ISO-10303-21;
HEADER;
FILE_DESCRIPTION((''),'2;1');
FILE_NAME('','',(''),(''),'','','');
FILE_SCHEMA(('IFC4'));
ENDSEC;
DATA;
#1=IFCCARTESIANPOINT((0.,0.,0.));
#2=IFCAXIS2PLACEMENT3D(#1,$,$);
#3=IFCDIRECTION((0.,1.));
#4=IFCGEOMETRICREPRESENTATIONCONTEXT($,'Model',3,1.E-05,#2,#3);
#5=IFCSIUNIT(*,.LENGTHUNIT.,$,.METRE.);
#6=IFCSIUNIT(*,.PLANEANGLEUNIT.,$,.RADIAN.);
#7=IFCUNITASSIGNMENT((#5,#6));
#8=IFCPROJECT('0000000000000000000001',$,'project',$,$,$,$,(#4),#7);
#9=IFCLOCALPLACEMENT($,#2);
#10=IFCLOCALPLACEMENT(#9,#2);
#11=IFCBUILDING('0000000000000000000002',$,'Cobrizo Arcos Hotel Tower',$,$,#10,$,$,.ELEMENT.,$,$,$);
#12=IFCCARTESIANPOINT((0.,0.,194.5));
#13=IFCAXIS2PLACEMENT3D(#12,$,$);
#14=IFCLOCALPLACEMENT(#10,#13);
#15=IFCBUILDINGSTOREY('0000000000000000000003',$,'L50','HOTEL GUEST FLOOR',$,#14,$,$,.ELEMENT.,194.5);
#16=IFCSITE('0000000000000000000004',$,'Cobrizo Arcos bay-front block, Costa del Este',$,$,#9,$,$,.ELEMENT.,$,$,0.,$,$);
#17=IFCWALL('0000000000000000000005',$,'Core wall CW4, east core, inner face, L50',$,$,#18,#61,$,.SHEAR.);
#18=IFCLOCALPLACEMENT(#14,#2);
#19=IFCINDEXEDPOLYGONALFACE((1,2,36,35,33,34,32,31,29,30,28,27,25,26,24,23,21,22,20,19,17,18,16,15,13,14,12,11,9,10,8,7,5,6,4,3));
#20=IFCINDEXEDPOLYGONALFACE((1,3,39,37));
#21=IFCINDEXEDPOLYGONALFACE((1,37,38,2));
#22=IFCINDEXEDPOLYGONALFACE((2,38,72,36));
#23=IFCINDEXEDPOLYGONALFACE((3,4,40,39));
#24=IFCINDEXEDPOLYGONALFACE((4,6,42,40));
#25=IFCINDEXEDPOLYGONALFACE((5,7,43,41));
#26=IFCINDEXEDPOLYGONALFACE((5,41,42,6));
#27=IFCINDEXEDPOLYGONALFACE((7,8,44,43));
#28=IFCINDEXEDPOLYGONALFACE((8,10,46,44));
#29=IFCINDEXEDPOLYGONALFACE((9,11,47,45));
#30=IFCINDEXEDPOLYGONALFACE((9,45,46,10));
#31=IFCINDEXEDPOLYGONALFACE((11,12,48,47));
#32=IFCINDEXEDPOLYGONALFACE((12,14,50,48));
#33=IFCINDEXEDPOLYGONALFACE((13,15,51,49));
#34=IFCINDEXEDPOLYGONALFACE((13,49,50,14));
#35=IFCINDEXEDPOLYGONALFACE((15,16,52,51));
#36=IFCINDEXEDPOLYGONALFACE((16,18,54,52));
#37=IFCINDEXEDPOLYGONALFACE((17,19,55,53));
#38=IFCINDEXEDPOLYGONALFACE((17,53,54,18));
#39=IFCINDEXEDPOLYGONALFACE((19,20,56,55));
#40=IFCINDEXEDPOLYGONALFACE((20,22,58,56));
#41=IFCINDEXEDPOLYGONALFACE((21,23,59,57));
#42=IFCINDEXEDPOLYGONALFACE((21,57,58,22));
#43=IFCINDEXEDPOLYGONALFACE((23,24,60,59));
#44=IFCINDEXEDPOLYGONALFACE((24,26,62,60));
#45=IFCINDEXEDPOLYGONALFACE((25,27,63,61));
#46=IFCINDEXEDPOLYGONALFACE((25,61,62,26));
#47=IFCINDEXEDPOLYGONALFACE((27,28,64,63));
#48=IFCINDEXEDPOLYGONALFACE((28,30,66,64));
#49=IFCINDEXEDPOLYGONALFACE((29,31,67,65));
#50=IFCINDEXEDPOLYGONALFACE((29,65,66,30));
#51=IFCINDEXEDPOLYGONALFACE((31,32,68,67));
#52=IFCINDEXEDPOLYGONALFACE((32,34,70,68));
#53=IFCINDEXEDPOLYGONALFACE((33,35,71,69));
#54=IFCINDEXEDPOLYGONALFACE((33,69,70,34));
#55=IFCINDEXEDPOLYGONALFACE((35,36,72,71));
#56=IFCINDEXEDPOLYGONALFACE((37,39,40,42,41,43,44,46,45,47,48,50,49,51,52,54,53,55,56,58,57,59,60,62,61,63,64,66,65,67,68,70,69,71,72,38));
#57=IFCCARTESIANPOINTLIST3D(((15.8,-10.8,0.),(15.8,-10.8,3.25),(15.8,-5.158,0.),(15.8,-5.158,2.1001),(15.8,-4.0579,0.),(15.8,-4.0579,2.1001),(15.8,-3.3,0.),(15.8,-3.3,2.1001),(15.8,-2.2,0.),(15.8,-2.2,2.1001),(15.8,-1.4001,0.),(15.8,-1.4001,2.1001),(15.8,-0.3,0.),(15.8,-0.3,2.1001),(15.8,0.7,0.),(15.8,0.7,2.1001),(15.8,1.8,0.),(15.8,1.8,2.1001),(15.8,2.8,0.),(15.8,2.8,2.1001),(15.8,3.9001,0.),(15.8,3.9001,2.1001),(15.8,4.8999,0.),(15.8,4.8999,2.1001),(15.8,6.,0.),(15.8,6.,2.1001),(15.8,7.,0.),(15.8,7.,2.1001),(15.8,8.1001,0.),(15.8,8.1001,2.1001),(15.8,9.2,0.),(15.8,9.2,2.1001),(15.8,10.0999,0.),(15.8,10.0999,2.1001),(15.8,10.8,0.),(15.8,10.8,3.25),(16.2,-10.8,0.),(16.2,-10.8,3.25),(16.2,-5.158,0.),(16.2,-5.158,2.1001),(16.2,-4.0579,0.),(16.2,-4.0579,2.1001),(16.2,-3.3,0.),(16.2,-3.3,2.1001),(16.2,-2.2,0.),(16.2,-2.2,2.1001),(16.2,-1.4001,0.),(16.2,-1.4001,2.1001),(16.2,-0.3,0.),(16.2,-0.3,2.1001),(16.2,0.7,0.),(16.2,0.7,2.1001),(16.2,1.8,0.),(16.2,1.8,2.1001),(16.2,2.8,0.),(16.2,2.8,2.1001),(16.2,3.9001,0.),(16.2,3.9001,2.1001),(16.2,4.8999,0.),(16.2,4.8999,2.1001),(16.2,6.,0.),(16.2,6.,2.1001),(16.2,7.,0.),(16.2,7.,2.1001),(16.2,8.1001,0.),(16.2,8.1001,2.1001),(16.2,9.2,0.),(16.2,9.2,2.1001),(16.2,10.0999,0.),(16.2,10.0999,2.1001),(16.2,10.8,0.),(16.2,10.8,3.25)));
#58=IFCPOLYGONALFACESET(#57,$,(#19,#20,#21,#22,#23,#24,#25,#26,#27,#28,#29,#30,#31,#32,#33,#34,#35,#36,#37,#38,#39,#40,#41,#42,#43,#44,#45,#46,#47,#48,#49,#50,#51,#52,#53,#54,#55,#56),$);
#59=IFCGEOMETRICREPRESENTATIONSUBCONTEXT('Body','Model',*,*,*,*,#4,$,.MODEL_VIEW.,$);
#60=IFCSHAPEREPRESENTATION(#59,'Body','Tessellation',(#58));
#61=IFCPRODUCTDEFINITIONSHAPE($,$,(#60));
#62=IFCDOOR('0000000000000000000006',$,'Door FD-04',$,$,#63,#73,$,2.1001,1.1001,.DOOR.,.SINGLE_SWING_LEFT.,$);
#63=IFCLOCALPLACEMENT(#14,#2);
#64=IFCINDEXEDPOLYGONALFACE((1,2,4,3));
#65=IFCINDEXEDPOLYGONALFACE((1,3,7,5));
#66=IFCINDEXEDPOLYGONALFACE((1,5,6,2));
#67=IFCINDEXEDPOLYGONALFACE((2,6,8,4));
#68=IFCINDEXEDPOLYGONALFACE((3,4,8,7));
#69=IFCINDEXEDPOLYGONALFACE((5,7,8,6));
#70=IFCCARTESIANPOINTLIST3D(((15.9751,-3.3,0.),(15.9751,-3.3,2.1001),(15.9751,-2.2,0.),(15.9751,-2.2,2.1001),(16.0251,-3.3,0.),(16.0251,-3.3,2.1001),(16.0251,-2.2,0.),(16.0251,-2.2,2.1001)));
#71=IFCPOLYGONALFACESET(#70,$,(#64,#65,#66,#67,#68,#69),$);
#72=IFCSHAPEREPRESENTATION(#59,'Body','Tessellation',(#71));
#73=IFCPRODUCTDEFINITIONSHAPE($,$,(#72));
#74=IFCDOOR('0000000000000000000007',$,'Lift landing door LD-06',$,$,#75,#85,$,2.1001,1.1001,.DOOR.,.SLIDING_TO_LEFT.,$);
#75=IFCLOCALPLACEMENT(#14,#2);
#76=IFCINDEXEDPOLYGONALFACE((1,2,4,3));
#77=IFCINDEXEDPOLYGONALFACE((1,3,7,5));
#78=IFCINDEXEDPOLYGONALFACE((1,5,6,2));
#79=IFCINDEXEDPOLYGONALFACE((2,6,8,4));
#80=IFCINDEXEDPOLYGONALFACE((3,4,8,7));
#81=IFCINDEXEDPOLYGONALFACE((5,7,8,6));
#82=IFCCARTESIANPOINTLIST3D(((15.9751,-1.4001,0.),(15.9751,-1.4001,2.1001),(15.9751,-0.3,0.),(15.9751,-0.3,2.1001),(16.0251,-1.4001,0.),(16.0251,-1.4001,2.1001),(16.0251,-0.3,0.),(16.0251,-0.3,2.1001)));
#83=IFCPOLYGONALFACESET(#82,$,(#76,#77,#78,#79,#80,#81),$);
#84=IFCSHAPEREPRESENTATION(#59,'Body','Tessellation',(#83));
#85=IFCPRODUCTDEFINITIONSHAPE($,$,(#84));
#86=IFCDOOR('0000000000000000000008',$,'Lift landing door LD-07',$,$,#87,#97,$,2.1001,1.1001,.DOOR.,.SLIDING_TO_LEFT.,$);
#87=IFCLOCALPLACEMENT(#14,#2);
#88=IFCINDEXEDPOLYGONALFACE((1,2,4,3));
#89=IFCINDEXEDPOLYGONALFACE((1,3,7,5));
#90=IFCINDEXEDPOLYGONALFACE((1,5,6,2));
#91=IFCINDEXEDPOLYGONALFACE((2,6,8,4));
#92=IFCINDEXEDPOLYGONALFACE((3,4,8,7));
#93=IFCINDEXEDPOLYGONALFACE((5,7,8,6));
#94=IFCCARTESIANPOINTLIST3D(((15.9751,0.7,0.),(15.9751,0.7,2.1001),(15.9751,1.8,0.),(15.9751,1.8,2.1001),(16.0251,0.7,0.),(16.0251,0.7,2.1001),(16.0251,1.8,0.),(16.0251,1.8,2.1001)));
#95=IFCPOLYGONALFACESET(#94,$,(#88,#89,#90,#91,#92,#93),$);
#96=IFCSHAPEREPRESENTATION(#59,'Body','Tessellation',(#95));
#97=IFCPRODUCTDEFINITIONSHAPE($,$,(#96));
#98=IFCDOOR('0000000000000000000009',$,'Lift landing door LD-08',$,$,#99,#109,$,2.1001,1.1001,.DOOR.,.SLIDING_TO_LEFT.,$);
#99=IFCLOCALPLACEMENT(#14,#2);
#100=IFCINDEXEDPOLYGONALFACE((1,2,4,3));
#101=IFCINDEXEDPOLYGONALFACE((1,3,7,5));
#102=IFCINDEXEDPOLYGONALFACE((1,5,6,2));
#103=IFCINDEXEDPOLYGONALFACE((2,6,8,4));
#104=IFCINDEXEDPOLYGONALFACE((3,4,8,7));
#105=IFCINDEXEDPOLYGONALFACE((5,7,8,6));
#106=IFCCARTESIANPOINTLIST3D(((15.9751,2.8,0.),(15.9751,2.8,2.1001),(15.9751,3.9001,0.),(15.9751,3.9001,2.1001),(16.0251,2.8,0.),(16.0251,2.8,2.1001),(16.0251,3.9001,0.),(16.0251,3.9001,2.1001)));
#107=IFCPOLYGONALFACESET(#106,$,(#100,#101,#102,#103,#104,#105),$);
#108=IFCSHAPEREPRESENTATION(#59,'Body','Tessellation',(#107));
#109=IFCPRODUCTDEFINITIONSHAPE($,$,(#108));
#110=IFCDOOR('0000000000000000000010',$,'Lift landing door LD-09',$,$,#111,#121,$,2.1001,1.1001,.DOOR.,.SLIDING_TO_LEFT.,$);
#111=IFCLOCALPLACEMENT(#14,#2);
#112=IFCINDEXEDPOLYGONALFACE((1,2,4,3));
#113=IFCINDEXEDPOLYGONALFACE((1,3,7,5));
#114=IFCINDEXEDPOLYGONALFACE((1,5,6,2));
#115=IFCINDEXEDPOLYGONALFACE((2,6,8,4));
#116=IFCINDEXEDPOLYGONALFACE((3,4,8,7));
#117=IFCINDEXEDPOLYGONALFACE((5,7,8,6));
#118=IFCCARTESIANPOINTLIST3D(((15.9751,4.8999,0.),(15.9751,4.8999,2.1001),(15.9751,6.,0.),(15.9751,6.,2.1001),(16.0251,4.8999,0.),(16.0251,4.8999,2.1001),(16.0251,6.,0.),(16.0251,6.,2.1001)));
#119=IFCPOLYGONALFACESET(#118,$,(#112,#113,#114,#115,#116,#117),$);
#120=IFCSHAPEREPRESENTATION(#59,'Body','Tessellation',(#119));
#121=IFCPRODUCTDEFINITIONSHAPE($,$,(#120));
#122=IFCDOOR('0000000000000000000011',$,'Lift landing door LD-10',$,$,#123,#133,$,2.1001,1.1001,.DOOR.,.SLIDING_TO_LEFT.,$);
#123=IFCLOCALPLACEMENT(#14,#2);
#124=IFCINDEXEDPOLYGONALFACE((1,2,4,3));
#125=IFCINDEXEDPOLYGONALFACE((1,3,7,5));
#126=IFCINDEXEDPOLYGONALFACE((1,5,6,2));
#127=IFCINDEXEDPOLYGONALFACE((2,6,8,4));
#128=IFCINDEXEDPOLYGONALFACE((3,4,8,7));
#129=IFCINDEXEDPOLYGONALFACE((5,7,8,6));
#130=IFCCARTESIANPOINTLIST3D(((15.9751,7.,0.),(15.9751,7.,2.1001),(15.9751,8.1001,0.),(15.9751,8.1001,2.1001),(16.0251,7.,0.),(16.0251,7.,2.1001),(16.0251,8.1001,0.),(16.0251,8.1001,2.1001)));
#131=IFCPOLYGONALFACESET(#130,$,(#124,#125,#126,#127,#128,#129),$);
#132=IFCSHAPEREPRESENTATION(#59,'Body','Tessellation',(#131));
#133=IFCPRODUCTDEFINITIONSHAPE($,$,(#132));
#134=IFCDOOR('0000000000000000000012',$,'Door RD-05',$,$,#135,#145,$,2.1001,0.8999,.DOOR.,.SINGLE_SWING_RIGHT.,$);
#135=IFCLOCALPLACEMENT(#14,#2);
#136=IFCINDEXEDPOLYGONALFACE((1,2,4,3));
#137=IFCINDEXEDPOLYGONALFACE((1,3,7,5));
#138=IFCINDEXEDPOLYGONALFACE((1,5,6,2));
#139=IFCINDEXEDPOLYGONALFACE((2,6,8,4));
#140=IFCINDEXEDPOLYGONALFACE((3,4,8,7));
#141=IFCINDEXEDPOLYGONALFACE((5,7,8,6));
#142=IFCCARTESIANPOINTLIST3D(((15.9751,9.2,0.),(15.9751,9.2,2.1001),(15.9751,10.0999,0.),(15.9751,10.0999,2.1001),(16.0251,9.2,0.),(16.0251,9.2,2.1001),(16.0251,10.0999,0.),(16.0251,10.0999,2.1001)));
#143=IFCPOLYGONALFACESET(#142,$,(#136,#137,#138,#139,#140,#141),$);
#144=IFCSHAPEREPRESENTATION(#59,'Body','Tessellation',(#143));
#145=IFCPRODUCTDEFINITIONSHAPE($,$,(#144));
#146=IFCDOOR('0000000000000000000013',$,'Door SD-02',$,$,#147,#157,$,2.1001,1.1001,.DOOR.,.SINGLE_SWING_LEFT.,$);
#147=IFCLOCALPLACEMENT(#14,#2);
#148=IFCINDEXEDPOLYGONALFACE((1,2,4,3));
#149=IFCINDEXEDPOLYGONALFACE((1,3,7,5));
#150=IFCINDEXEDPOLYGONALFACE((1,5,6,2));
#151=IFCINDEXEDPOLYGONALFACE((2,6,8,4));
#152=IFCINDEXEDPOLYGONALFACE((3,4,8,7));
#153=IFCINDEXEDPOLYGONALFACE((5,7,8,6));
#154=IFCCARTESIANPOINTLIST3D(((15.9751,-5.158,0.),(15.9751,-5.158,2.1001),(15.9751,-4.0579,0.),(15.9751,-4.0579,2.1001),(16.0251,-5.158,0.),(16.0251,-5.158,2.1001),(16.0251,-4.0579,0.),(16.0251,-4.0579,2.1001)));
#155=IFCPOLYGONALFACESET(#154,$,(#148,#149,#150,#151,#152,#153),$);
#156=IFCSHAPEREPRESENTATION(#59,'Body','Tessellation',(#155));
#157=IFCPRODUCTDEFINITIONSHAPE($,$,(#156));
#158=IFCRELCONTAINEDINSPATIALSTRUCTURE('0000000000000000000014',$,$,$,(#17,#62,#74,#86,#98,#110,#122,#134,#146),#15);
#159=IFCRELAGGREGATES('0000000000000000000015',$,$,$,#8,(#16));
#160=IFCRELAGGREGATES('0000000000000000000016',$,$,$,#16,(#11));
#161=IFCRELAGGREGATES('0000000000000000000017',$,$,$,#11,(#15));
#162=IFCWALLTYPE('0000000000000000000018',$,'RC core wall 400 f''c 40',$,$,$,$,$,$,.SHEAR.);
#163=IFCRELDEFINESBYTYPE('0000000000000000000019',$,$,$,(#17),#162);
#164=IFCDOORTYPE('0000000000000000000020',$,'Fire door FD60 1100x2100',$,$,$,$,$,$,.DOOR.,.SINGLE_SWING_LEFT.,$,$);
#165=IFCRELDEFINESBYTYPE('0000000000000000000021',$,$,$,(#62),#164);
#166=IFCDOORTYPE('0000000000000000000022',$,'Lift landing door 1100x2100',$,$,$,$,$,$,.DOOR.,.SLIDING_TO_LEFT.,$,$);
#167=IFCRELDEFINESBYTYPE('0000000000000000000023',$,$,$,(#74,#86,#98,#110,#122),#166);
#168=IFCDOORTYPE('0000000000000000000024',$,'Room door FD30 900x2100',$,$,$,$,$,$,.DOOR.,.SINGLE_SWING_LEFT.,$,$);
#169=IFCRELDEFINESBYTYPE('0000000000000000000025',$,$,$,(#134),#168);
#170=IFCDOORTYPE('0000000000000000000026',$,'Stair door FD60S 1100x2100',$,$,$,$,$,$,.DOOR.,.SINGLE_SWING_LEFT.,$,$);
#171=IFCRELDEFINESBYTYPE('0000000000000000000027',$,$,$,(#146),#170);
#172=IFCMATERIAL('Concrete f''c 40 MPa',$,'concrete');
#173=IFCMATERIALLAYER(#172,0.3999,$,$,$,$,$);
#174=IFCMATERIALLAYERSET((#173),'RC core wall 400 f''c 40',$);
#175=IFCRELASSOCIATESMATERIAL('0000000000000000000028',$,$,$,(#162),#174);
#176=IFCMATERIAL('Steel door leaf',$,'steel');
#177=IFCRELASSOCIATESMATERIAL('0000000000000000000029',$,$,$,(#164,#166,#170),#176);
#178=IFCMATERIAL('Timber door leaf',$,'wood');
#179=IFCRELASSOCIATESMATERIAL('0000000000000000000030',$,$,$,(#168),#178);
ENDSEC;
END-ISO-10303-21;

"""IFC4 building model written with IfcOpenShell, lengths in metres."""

from ifc_helpers import new_model, si_unit, direction, frame, frame_2d, origin, place, context, subcontext, project, spatial, rectangle, extrude, material, layer, layer_set, type_object, element, fill, save


model = new_model("IFC4")

# Units and contexts
model_context = context("Model", 3, precision=1e-05, world=origin(), true_north=direction((0.0, 1.0)))
body_context = subcontext(model_context, "Body", "Model", "MODEL_VIEW")
ifc_project = project(units=[si_unit("LENGTHUNIT", "METRE"), si_unit("PLANEANGLEUNIT", "RADIAN")], contexts=[model_context])

# Site, building, storey
site_placement = place(None, origin())
site = spatial("IfcSite", under=ifc_project, at=site_placement, Name="Cobrizo Arcos bay-front block, Costa del Este", CompositionType="ELEMENT", RefElevation=0.0)
building_placement = place(site_placement, origin())
building = spatial("IfcBuilding", under=site, at=building_placement, Name="Cobrizo Arcos Hotel Tower", CompositionType="ELEMENT")
storey_placement = place(building_placement, frame((0.0, 0.0, 194.5)))
storey = spatial("IfcBuildingStorey", under=building, at=storey_placement, Name="L50", Description="HOTEL GUEST FLOOR", CompositionType="ELEMENT", Elevation=194.5)

# Wall, openings, doors
ifc_material_1 = material(Name="Concrete f'c 40 MPa", Category="concrete")
ifc_layer_1 = layer(ifc_material_1, 0.3999)
ifc_layer_set_1 = layer_set([ifc_layer_1], Name="RC core wall 400 f'c 40")
wall_type_1 = type_object("IfcWallType", Name="RC core wall 400 f'c 40", PredefinedType="SHEAR", material=ifc_layer_set_1)
wall_1_placement = place(storey_placement, frame((16.0, -10.8, 0.0), z_axis=(0.0, 0.0, 1.0), x_axis=(0.0, 1.0, 0.0)))
wall_1 = element("IfcWall", 1, at=wall_1_placement, inside=storey, type_object=wall_type_1, Name="Core wall CW4, east core, inner face, L50", PredefinedType="SHEAR", context=body_context, shape_type="SweptSolid", body=[
    extrude(rectangle(XDim=21.6001, YDim=0.3999, at=frame_2d((10.8, 0.0))), origin(), (0.0, 0.0, 1.0), 3.25),
])
opening_1_placement = place(wall_1_placement, frame((9.3999, 0.0, 0.0)))
opening_1 = element("IfcOpeningElement", 2, at=opening_1_placement, cuts=wall_1, PredefinedType="OPENING", context=body_context, shape_type="SweptSolid", body=[
    extrude(rectangle(XDim=1.1001, YDim=2.1001, at=frame_2d((0.55, 1.05))), frame((0.0, 0.2119, 0.0), z_axis=(0.0, -1.0, 0.0), x_axis=(1.0, 0.0, 0.0)), (0.0, 0.0, 1.0), 0.4238),
])
opening_2_placement = place(wall_1_placement, frame((11.5, 0.0, 0.0)))
opening_2 = element("IfcOpeningElement", 3, at=opening_2_placement, cuts=wall_1, PredefinedType="OPENING", context=body_context, shape_type="SweptSolid", body=[
    extrude(rectangle(XDim=1.1001, YDim=2.1001, at=frame_2d((0.55, 1.05))), frame((0.0, 0.2119, 0.0), z_axis=(0.0, -1.0, 0.0), x_axis=(1.0, 0.0, 0.0)), (0.0, 0.0, 1.0), 0.4238),
])
opening_3_placement = place(wall_1_placement, frame((13.6001, 0.0, 0.0)))
opening_3 = element("IfcOpeningElement", 4, at=opening_3_placement, cuts=wall_1, PredefinedType="OPENING", context=body_context, shape_type="SweptSolid", body=[
    extrude(rectangle(XDim=1.1001, YDim=2.1001, at=frame_2d((0.55, 1.05))), frame((0.0, 0.2119, 0.0), z_axis=(0.0, -1.0, 0.0), x_axis=(1.0, 0.0, 0.0)), (0.0, 0.0, 1.0), 0.4238),
])
opening_4_placement = place(wall_1_placement, frame((15.7, 0.0, 0.0)))
opening_4 = element("IfcOpeningElement", 5, at=opening_4_placement, cuts=wall_1, PredefinedType="OPENING", context=body_context, shape_type="SweptSolid", body=[
    extrude(rectangle(XDim=1.1001, YDim=2.1001, at=frame_2d((0.55, 1.05))), frame((0.0, 0.2119, 0.0), z_axis=(0.0, -1.0, 0.0), x_axis=(1.0, 0.0, 0.0)), (0.0, 0.0, 1.0), 0.4238),
])
opening_5_placement = place(wall_1_placement, frame((17.8, 0.0, 0.0)))
opening_5 = element("IfcOpeningElement", 6, at=opening_5_placement, cuts=wall_1, PredefinedType="OPENING", context=body_context, shape_type="SweptSolid", body=[
    extrude(rectangle(XDim=1.1001, YDim=2.1001, at=frame_2d((0.55, 1.05))), frame((0.0, 0.2119, 0.0), z_axis=(0.0, -1.0, 0.0), x_axis=(1.0, 0.0, 0.0)), (0.0, 0.0, 1.0), 0.4238),
])
opening_6_placement = place(wall_1_placement, frame((5.6421, 0.0, 0.0)))
opening_6 = element("IfcOpeningElement", 7, at=opening_6_placement, cuts=wall_1, PredefinedType="OPENING", context=body_context, shape_type="SweptSolid", body=[
    extrude(rectangle(XDim=1.1001, YDim=2.1001, at=frame_2d((0.55, 1.05))), frame((0.0, 0.2119, 0.0), z_axis=(0.0, -1.0, 0.0), x_axis=(1.0, 0.0, 0.0)), (0.0, 0.0, 1.0), 0.4238),
])
opening_7_placement = place(wall_1_placement, frame((7.5, 0.0, 0.0)))
opening_7 = element("IfcOpeningElement", 8, at=opening_7_placement, cuts=wall_1, PredefinedType="OPENING", context=body_context, shape_type="SweptSolid", body=[
    extrude(rectangle(XDim=1.1001, YDim=2.1001, at=frame_2d((0.55, 1.05))), frame((0.0, 0.2119, 0.0), z_axis=(0.0, -1.0, 0.0), x_axis=(1.0, 0.0, 0.0)), (0.0, 0.0, 1.0), 0.4238),
])
opening_8_placement = place(wall_1_placement, frame((20.0, 0.0, 0.0)))
opening_8 = element("IfcOpeningElement", 9, at=opening_8_placement, cuts=wall_1, PredefinedType="OPENING", context=body_context, shape_type="SweptSolid", body=[
    extrude(rectangle(XDim=0.8999, YDim=2.1001, at=frame_2d((0.45, 1.05))), frame((0.0, 0.2119, 0.0), z_axis=(0.0, -1.0, 0.0), x_axis=(1.0, 0.0, 0.0)), (0.0, 0.0, 1.0), 0.4238),
])
ifc_material_2 = material(Name="Steel door leaf", Category="steel")
door_type_1 = type_object("IfcDoorType", Name="Fire door FD60 1100x2100", OperationType="SINGLE_SWING_LEFT", PredefinedType="DOOR", material=ifc_material_2)
door_1_placement = place(opening_7_placement, origin())
door_1 = element("IfcDoor", 10, at=door_1_placement, inside=storey, type_object=door_type_1, Name="Door FD-04", OperationType="SINGLE_SWING_LEFT", OverallHeight=2.1001, OverallWidth=1.1001, PredefinedType="DOOR", context=body_context, shape_type="SweptSolid", body=[
    extrude(rectangle(XDim=1.1001, YDim=2.1001, at=frame_2d((0.55, 1.05))), frame((0.0, 0.0249, 0.0), z_axis=(0.0, -1.0, 0.0), x_axis=(1.0, 0.0, 0.0)), (0.0, 0.0, 1.0), 0.05),
])
fill(opening_7, door_1)
door_type_2 = type_object("IfcDoorType", Name="Lift landing door 1100x2100", OperationType="SLIDING_TO_LEFT", PredefinedType="DOOR", material=ifc_material_2)
door_2_placement = place(opening_1_placement, origin())
door_2 = element("IfcDoor", 11, at=door_2_placement, inside=storey, type_object=door_type_2, Name="Lift landing door LD-06", OperationType="SLIDING_TO_LEFT", OverallHeight=2.1001, OverallWidth=1.1001, PredefinedType="DOOR", context=body_context, shape_type="SweptSolid", body=[
    extrude(rectangle(XDim=1.1001, YDim=2.1001, at=frame_2d((0.55, 1.05))), frame((0.0, 0.0249, 0.0), z_axis=(0.0, -1.0, 0.0), x_axis=(1.0, 0.0, 0.0)), (0.0, 0.0, 1.0), 0.05),
])
fill(opening_1, door_2)
door_3_placement = place(opening_2_placement, origin())
door_3 = element("IfcDoor", 12, at=door_3_placement, inside=storey, type_object=door_type_2, Name="Lift landing door LD-07", OperationType="SLIDING_TO_LEFT", OverallHeight=2.1001, OverallWidth=1.1001, PredefinedType="DOOR", context=body_context, shape_type="SweptSolid", body=[
    extrude(rectangle(XDim=1.1001, YDim=2.1001, at=frame_2d((0.55, 1.05))), frame((0.0, 0.0249, 0.0), z_axis=(0.0, -1.0, 0.0), x_axis=(1.0, 0.0, 0.0)), (0.0, 0.0, 1.0), 0.05),
])
fill(opening_2, door_3)
door_4_placement = place(opening_3_placement, origin())
door_4 = element("IfcDoor", 13, at=door_4_placement, inside=storey, type_object=door_type_2, Name="Lift landing door LD-08", OperationType="SLIDING_TO_LEFT", OverallHeight=2.1001, OverallWidth=1.1001, PredefinedType="DOOR", context=body_context, shape_type="SweptSolid", body=[
    extrude(rectangle(XDim=1.1001, YDim=2.1001, at=frame_2d((0.55, 1.05))), frame((0.0, 0.0249, 0.0), z_axis=(0.0, -1.0, 0.0), x_axis=(1.0, 0.0, 0.0)), (0.0, 0.0, 1.0), 0.05),
])
fill(opening_3, door_4)
door_5_placement = place(opening_4_placement, origin())
door_5 = element("IfcDoor", 14, at=door_5_placement, inside=storey, type_object=door_type_2, Name="Lift landing door LD-09", OperationType="SLIDING_TO_LEFT", OverallHeight=2.1001, OverallWidth=1.1001, PredefinedType="DOOR", context=body_context, shape_type="SweptSolid", body=[
    extrude(rectangle(XDim=1.1001, YDim=2.1001, at=frame_2d((0.55, 1.05))), frame((0.0, 0.0249, 0.0), z_axis=(0.0, -1.0, 0.0), x_axis=(1.0, 0.0, 0.0)), (0.0, 0.0, 1.0), 0.05),
])
fill(opening_4, door_5)
door_6_placement = place(opening_5_placement, origin())
door_6 = element("IfcDoor", 15, at=door_6_placement, inside=storey, type_object=door_type_2, Name="Lift landing door LD-10", OperationType="SLIDING_TO_LEFT", OverallHeight=2.1001, OverallWidth=1.1001, PredefinedType="DOOR", context=body_context, shape_type="SweptSolid", body=[
    extrude(rectangle(XDim=1.1001, YDim=2.1001, at=frame_2d((0.55, 1.05))), frame((0.0, 0.0249, 0.0), z_axis=(0.0, -1.0, 0.0), x_axis=(1.0, 0.0, 0.0)), (0.0, 0.0, 1.0), 0.05),
])
fill(opening_5, door_6)
ifc_material_3 = material(Name="Timber door leaf", Category="wood")
door_type_3 = type_object("IfcDoorType", Name="Room door FD30 900x2100", OperationType="SINGLE_SWING_LEFT", PredefinedType="DOOR", material=ifc_material_3)
door_7_placement = place(opening_8_placement, origin())
door_7 = element("IfcDoor", 16, at=door_7_placement, inside=storey, type_object=door_type_3, Name="Door RD-05", OperationType="SINGLE_SWING_RIGHT", OverallHeight=2.1001, OverallWidth=0.8999, PredefinedType="DOOR", context=body_context, shape_type="SweptSolid", body=[
    extrude(rectangle(XDim=0.8999, YDim=2.1001, at=frame_2d((0.45, 1.05))), frame((0.0, 0.0249, 0.0), z_axis=(0.0, -1.0, 0.0), x_axis=(1.0, 0.0, 0.0)), (0.0, 0.0, 1.0), 0.05),
])
fill(opening_8, door_7)
door_type_4 = type_object("IfcDoorType", Name="Stair door FD60S 1100x2100", OperationType="SINGLE_SWING_LEFT", PredefinedType="DOOR", material=ifc_material_2)
door_8_placement = place(opening_6_placement, origin())
door_8 = element("IfcDoor", 17, at=door_8_placement, inside=storey, type_object=door_type_4, Name="Door SD-02", OperationType="SINGLE_SWING_LEFT", OverallHeight=2.1001, OverallWidth=1.1001, PredefinedType="DOOR", context=body_context, shape_type="SweptSolid", body=[
    extrude(rectangle(XDim=1.1001, YDim=2.1001, at=frame_2d((0.55, 1.05))), frame((0.0, 0.0249, 0.0), z_axis=(0.0, -1.0, 0.0), x_axis=(1.0, 0.0, 0.0)), (0.0, 0.0, 1.0), 0.05),
])
fill(opening_6, door_8)

save(model, "model.ifc")
